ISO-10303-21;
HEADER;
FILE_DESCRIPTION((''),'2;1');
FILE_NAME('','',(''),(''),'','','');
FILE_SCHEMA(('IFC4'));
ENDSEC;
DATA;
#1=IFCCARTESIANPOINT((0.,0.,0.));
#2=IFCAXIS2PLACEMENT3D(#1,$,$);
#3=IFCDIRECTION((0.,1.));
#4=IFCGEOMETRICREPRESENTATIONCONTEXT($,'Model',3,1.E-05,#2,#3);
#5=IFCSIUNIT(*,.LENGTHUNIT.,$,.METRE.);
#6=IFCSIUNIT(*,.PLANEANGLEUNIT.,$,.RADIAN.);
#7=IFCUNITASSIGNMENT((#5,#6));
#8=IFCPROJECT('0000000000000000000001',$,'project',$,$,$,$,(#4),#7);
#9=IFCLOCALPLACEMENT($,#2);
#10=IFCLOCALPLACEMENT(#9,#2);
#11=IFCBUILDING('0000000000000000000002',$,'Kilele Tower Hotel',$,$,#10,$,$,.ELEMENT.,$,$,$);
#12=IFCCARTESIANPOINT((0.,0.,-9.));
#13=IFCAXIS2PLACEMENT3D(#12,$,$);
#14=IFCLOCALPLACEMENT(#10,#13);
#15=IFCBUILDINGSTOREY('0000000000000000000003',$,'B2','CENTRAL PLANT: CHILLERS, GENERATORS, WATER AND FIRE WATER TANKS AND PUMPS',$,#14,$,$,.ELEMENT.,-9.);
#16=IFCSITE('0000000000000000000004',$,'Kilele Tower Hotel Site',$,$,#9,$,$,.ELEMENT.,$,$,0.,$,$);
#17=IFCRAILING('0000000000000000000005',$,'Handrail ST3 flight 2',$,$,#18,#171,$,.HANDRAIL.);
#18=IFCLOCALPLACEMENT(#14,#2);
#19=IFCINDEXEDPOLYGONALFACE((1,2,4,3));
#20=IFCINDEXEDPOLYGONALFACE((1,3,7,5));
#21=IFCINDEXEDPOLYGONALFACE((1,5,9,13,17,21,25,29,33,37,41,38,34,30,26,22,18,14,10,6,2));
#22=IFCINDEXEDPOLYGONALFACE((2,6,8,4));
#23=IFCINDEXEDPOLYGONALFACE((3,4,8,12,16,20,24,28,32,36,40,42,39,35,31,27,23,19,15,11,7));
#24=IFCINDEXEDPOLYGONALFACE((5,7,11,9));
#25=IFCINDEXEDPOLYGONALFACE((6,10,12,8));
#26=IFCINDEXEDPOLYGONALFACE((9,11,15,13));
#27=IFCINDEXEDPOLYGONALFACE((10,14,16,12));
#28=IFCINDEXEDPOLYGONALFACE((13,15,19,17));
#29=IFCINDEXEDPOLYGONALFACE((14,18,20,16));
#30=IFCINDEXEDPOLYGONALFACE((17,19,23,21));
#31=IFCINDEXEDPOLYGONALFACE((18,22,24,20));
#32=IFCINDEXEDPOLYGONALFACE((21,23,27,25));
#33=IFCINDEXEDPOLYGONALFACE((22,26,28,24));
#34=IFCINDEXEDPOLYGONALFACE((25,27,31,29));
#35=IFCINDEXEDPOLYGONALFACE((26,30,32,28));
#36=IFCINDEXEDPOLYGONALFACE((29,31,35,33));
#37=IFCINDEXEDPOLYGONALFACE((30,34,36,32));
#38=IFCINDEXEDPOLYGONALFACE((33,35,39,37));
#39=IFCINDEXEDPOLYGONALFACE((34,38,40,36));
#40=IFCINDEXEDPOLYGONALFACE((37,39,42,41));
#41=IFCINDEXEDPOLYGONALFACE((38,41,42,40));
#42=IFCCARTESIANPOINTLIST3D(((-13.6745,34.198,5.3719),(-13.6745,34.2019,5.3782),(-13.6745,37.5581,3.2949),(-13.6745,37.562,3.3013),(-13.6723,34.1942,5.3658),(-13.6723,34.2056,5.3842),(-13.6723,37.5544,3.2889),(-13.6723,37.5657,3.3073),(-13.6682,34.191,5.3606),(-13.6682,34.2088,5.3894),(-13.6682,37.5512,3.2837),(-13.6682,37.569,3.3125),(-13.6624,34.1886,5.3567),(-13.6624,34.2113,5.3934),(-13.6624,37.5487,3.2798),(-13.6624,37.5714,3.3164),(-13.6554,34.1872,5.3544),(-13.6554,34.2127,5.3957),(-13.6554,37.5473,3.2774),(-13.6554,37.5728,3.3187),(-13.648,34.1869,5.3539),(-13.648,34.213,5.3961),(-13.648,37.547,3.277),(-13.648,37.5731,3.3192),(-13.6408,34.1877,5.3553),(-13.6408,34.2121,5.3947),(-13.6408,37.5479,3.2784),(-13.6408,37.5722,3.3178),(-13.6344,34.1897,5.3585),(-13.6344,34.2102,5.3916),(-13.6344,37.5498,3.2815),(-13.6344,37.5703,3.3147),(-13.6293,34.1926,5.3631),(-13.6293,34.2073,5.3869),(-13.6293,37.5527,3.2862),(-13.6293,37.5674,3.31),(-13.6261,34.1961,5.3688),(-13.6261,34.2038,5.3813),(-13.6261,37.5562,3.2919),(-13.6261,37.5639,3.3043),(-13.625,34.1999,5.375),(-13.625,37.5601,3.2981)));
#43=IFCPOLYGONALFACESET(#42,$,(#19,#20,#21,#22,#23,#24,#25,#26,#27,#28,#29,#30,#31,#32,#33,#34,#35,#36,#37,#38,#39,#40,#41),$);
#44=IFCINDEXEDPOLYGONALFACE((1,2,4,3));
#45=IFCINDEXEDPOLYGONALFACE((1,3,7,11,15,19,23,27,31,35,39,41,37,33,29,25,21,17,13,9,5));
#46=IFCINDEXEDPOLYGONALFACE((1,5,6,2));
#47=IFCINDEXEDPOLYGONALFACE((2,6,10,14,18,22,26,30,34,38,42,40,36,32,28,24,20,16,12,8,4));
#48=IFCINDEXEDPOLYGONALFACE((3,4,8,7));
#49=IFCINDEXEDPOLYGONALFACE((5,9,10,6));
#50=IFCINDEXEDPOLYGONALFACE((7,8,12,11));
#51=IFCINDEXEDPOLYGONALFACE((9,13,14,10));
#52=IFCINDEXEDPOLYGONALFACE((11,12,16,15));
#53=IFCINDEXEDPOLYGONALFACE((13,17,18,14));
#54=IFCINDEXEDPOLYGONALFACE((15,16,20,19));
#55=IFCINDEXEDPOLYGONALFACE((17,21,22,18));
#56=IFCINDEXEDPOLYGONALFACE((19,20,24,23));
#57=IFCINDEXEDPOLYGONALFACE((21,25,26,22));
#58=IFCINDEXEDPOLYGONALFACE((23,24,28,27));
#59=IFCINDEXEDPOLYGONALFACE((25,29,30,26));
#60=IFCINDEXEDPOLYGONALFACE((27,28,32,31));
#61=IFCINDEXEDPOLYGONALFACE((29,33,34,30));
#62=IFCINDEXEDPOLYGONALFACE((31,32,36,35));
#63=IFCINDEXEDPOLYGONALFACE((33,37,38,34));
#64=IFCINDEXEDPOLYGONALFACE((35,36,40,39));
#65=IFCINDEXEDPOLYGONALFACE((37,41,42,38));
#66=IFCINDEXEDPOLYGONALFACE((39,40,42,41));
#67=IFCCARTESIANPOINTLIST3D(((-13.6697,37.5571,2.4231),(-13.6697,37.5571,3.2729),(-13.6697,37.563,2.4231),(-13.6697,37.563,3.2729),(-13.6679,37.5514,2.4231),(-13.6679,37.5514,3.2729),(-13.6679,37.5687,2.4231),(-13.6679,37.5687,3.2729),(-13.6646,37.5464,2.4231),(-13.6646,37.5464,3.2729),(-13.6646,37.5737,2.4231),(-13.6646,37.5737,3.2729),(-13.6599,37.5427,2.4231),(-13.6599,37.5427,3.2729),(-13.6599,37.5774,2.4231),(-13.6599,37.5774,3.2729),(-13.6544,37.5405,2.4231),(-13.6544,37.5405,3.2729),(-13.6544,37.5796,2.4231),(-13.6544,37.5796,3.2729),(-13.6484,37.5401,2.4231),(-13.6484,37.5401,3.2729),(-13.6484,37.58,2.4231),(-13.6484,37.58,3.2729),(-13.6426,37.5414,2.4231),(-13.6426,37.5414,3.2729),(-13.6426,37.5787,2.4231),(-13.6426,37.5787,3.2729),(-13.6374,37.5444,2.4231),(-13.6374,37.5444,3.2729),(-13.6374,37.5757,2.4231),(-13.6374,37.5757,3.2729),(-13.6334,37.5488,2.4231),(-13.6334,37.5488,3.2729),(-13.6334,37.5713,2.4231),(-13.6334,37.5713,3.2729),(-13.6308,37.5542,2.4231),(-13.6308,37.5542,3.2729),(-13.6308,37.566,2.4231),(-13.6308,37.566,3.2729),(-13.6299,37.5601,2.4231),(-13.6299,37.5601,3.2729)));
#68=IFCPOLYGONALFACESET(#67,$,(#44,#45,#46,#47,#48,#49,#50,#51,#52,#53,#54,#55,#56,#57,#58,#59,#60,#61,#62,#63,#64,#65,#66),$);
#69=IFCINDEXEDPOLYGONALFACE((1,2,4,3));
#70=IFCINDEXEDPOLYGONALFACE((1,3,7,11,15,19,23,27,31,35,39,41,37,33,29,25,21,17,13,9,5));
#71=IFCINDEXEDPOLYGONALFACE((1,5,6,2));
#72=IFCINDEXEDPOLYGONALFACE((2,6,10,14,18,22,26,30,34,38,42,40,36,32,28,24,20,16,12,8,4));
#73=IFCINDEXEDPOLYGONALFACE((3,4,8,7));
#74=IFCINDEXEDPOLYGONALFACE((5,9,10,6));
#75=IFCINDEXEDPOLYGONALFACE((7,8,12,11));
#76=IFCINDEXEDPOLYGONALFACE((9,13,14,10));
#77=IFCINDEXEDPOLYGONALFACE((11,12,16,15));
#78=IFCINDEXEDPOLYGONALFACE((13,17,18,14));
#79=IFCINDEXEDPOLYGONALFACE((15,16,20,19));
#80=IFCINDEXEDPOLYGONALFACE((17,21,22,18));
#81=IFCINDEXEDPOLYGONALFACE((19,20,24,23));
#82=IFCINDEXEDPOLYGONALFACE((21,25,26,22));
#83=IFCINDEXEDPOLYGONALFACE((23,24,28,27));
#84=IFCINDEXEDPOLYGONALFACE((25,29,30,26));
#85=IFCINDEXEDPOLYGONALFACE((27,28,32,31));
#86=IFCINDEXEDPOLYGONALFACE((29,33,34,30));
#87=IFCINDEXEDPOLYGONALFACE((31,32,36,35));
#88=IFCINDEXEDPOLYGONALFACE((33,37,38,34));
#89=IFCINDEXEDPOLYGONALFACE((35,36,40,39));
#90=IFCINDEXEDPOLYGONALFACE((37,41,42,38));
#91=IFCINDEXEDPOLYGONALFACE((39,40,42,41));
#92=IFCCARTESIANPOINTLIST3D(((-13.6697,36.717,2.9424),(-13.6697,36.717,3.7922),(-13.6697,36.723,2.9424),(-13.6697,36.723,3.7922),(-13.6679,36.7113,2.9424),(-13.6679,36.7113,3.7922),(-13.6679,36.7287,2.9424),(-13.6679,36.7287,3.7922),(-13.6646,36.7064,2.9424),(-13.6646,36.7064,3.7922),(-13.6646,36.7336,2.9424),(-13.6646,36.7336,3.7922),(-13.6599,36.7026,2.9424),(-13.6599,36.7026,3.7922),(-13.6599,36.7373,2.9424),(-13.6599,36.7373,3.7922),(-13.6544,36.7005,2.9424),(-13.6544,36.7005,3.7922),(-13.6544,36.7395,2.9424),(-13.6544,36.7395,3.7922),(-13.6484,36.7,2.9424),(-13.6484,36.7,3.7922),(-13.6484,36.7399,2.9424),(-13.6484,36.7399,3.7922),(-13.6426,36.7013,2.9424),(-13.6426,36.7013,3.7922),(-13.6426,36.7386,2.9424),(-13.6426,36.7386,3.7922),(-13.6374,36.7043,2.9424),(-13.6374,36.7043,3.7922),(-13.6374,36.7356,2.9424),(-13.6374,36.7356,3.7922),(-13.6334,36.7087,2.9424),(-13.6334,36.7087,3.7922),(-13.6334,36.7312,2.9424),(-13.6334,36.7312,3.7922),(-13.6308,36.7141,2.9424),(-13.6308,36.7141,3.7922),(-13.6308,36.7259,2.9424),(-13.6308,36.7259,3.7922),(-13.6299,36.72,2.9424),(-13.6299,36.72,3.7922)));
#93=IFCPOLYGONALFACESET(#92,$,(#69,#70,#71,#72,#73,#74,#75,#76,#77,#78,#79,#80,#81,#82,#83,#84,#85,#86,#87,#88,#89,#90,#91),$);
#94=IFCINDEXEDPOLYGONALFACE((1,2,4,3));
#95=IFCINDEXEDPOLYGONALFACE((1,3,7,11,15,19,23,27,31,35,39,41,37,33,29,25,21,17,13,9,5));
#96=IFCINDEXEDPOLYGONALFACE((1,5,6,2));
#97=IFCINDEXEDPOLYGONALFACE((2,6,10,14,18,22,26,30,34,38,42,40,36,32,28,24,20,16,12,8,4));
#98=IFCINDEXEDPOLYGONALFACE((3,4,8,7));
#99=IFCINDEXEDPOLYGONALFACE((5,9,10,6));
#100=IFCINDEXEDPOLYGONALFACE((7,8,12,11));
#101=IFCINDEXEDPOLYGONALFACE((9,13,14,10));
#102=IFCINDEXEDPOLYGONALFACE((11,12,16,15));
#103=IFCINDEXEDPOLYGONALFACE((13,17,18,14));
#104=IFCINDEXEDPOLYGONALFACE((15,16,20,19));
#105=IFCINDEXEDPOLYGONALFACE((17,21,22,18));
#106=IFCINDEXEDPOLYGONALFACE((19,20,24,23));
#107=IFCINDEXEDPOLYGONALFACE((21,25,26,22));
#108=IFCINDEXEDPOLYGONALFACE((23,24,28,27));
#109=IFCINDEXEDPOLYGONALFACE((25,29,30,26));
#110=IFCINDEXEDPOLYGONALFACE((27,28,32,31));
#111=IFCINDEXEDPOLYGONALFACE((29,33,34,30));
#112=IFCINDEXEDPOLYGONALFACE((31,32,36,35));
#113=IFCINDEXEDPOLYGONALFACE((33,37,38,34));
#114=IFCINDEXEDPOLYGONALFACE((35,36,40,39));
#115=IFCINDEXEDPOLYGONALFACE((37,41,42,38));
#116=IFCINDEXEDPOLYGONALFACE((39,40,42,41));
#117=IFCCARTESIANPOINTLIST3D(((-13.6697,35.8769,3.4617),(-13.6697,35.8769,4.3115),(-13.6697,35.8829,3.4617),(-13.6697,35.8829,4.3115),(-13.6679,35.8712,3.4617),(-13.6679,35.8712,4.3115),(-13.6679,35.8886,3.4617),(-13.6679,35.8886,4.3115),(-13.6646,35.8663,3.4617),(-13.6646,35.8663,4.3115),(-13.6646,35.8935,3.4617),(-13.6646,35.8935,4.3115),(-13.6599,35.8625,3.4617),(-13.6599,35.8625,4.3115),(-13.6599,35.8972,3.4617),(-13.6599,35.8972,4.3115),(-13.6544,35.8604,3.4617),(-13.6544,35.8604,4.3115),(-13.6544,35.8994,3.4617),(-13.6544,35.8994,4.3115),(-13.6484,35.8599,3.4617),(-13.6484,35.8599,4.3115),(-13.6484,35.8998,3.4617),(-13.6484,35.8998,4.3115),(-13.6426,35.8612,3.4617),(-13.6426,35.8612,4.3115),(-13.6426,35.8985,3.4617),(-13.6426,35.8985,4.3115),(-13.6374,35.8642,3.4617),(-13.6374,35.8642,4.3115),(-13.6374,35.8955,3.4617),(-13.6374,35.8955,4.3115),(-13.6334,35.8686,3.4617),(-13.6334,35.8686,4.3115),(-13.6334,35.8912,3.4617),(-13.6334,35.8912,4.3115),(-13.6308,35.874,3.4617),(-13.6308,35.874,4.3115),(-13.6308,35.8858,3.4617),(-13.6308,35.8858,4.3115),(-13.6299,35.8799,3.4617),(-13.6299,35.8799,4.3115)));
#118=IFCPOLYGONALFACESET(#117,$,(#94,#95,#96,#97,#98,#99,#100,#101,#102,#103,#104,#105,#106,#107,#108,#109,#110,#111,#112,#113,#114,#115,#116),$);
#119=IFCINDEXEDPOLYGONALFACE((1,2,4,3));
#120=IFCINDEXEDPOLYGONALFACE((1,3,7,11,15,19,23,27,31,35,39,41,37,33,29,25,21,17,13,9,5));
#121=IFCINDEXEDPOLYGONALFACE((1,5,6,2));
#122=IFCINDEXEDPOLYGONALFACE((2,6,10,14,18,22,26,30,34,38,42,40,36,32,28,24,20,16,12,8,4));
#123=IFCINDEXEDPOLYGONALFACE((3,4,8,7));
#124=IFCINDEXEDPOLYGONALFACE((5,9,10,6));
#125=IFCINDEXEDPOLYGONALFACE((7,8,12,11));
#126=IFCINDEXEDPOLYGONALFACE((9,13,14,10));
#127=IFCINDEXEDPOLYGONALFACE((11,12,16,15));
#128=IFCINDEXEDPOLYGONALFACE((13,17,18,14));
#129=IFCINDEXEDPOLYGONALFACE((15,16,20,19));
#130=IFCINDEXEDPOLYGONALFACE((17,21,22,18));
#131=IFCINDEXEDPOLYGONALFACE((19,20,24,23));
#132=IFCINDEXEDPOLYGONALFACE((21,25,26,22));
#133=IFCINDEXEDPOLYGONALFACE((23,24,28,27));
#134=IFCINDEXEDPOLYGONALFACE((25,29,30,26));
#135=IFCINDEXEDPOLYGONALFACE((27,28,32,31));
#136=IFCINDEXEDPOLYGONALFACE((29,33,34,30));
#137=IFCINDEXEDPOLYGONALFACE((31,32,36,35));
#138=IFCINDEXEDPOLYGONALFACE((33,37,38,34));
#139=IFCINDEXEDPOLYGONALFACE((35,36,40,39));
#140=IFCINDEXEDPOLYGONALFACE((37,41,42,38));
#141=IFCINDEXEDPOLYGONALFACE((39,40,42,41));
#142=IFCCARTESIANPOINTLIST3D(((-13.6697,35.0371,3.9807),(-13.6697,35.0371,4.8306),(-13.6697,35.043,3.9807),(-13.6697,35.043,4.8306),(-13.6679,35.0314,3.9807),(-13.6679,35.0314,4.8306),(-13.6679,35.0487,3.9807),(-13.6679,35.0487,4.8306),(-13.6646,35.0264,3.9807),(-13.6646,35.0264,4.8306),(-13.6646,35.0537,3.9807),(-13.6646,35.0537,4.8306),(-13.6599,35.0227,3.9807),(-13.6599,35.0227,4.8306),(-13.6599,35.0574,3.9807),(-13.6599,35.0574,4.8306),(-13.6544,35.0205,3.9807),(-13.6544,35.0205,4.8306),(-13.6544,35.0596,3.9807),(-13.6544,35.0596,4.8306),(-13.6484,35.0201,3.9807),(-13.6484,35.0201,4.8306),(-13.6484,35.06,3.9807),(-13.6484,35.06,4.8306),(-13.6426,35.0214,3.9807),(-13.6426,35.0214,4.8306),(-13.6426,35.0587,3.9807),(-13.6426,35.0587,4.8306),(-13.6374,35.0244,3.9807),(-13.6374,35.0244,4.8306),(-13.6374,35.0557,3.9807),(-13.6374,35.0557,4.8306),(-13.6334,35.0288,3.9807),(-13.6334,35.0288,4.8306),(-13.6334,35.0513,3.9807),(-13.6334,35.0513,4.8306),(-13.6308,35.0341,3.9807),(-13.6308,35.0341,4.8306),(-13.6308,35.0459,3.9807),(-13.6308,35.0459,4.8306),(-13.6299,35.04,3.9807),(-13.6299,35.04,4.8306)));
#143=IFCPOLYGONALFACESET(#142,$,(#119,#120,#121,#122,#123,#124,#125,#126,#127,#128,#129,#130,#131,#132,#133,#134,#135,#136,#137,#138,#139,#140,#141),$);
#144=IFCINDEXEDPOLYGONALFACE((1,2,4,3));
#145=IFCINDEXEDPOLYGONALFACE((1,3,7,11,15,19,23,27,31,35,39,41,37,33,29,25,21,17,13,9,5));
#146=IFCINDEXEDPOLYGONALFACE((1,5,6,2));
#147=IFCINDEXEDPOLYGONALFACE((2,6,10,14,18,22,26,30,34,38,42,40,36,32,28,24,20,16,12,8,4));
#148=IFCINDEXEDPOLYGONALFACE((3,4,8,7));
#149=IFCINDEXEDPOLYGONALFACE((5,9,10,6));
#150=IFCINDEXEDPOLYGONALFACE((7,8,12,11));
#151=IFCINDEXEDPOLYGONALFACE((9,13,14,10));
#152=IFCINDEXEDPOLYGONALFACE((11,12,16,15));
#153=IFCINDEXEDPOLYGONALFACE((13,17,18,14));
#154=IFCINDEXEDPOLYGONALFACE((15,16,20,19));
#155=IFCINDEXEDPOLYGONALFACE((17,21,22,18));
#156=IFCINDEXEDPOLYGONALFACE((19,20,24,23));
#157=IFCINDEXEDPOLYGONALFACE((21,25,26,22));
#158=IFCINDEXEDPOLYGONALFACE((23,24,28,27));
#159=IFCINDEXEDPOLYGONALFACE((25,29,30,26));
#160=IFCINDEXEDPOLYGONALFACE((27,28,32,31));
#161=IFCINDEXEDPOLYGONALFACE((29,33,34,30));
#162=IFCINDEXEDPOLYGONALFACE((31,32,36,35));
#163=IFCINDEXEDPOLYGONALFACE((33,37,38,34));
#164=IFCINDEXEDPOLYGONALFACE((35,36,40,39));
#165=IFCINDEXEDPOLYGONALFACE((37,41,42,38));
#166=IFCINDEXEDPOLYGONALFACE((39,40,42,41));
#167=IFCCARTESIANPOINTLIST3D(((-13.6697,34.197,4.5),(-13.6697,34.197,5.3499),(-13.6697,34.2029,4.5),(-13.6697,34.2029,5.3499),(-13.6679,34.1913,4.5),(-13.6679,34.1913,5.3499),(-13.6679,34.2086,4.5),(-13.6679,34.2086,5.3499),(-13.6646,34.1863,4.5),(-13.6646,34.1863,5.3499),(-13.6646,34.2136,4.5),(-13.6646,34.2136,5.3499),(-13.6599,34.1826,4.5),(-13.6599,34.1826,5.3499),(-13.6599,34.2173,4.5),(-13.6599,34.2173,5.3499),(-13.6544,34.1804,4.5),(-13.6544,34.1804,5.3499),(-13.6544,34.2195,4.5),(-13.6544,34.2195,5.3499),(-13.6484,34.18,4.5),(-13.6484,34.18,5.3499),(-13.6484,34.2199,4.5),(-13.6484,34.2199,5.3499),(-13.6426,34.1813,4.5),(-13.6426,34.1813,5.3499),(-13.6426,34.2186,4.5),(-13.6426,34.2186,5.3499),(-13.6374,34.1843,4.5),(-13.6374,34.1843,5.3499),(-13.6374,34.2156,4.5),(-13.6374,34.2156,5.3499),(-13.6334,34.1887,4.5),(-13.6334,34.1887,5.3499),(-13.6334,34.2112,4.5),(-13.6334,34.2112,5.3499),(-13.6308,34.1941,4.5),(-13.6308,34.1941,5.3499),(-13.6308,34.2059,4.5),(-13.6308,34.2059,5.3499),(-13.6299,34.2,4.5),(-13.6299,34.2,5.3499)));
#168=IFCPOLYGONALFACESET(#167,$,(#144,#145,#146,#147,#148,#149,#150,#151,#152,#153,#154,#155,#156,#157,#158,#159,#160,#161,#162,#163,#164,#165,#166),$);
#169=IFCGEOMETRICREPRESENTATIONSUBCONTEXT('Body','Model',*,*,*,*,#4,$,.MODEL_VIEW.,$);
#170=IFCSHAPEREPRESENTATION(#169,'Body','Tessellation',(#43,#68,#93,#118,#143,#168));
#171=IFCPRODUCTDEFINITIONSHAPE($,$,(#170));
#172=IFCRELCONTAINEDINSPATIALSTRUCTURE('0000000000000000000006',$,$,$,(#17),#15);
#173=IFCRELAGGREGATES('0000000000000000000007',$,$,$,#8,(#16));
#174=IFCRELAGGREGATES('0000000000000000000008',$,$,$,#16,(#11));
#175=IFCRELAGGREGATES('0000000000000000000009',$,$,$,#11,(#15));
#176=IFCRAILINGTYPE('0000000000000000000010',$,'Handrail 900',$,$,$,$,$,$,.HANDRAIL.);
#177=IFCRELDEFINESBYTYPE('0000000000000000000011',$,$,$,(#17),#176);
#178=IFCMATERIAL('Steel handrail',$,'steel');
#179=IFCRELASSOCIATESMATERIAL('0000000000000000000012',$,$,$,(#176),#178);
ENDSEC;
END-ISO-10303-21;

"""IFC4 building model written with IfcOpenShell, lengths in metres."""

from ifc_helpers import new_model, si_unit, direction, frame, origin, origin_2d, place, context, subcontext, project, spatial, circle, extrude, material, type_object, element, save


model = new_model("IFC4")

# Units and contexts
model_context = context("Model", 3, precision=1e-05, world=origin(), true_north=direction((0.0, 1.0)))
body_context = subcontext(model_context, "Body", "Model", "MODEL_VIEW")
ifc_project = project(units=[si_unit("LENGTHUNIT", "METRE"), si_unit("PLANEANGLEUNIT", "RADIAN")], contexts=[model_context])

# Site, building, storey
site_placement = place(None, origin())
site = spatial("IfcSite", under=ifc_project, at=site_placement, Name="Kilele Tower Hotel Site", CompositionType="ELEMENT", RefElevation=0.0)
building_placement = place(site_placement, origin())
building = spatial("IfcBuilding", under=site, at=building_placement, Name="Kilele Tower Hotel", CompositionType="ELEMENT")
storey_placement = place(building_placement, frame((0.0, 0.0, -9.0)))
storey = spatial("IfcBuildingStorey", under=building, at=storey_placement, Name="B2", Description="CENTRAL PLANT: CHILLERS, GENERATORS, WATER AND FIRE WATER TANKS AND PUMPS", CompositionType="ELEMENT", Elevation=-9.0)

# Railing
ifc_material_1 = material(Name="Steel handrail", Category="steel")
railing_type_1 = type_object("IfcRailingType", Name="Handrail 900", PredefinedType="HANDRAIL", material=ifc_material_1)
for number, where, name in (
    (1, (-13.6499, 37.5601, 2.4231), "Handrail ST3 flight 2"),
):
    element("IfcRailing", number, at=place(storey_placement, frame(where)), inside=storey, type_object=railing_type_1, Name=name, PredefinedType="HANDRAIL", context=body_context, shape_type="SweptSolid", body=[
        extrude(circle(Radius=0.0249, at=origin_2d()), frame((0.0, 0.0, 0.875), z_axis=(0.0, -0.850623, 0.525776), x_axis=(1.0, 0.0, 0.0)), (0.0, 0.0, 1.0), 3.9502),
        extrude(circle(Radius=0.02, at=origin_2d()), origin(), (0.0, 0.0, 1.0), 0.8499),
        extrude(circle(Radius=0.02, at=origin_2d()), frame((0.0, -0.8401, 0.5193)), (0.0, 0.0, 1.0), 0.8499),
        extrude(circle(Radius=0.02, at=origin_2d()), frame((0.0, -1.6802, 1.0386)), (0.0, 0.0, 1.0), 0.8499),
        extrude(circle(Radius=0.02, at=origin_2d()), frame((0.0, -2.52, 1.5576)), (0.0, 0.0, 1.0), 0.8499),
        extrude(circle(Radius=0.02, at=origin_2d()), frame((0.0, -3.3601, 2.0769)), (0.0, 0.0, 1.0), 0.8499),
    ])

save(model, "model.ifc")
